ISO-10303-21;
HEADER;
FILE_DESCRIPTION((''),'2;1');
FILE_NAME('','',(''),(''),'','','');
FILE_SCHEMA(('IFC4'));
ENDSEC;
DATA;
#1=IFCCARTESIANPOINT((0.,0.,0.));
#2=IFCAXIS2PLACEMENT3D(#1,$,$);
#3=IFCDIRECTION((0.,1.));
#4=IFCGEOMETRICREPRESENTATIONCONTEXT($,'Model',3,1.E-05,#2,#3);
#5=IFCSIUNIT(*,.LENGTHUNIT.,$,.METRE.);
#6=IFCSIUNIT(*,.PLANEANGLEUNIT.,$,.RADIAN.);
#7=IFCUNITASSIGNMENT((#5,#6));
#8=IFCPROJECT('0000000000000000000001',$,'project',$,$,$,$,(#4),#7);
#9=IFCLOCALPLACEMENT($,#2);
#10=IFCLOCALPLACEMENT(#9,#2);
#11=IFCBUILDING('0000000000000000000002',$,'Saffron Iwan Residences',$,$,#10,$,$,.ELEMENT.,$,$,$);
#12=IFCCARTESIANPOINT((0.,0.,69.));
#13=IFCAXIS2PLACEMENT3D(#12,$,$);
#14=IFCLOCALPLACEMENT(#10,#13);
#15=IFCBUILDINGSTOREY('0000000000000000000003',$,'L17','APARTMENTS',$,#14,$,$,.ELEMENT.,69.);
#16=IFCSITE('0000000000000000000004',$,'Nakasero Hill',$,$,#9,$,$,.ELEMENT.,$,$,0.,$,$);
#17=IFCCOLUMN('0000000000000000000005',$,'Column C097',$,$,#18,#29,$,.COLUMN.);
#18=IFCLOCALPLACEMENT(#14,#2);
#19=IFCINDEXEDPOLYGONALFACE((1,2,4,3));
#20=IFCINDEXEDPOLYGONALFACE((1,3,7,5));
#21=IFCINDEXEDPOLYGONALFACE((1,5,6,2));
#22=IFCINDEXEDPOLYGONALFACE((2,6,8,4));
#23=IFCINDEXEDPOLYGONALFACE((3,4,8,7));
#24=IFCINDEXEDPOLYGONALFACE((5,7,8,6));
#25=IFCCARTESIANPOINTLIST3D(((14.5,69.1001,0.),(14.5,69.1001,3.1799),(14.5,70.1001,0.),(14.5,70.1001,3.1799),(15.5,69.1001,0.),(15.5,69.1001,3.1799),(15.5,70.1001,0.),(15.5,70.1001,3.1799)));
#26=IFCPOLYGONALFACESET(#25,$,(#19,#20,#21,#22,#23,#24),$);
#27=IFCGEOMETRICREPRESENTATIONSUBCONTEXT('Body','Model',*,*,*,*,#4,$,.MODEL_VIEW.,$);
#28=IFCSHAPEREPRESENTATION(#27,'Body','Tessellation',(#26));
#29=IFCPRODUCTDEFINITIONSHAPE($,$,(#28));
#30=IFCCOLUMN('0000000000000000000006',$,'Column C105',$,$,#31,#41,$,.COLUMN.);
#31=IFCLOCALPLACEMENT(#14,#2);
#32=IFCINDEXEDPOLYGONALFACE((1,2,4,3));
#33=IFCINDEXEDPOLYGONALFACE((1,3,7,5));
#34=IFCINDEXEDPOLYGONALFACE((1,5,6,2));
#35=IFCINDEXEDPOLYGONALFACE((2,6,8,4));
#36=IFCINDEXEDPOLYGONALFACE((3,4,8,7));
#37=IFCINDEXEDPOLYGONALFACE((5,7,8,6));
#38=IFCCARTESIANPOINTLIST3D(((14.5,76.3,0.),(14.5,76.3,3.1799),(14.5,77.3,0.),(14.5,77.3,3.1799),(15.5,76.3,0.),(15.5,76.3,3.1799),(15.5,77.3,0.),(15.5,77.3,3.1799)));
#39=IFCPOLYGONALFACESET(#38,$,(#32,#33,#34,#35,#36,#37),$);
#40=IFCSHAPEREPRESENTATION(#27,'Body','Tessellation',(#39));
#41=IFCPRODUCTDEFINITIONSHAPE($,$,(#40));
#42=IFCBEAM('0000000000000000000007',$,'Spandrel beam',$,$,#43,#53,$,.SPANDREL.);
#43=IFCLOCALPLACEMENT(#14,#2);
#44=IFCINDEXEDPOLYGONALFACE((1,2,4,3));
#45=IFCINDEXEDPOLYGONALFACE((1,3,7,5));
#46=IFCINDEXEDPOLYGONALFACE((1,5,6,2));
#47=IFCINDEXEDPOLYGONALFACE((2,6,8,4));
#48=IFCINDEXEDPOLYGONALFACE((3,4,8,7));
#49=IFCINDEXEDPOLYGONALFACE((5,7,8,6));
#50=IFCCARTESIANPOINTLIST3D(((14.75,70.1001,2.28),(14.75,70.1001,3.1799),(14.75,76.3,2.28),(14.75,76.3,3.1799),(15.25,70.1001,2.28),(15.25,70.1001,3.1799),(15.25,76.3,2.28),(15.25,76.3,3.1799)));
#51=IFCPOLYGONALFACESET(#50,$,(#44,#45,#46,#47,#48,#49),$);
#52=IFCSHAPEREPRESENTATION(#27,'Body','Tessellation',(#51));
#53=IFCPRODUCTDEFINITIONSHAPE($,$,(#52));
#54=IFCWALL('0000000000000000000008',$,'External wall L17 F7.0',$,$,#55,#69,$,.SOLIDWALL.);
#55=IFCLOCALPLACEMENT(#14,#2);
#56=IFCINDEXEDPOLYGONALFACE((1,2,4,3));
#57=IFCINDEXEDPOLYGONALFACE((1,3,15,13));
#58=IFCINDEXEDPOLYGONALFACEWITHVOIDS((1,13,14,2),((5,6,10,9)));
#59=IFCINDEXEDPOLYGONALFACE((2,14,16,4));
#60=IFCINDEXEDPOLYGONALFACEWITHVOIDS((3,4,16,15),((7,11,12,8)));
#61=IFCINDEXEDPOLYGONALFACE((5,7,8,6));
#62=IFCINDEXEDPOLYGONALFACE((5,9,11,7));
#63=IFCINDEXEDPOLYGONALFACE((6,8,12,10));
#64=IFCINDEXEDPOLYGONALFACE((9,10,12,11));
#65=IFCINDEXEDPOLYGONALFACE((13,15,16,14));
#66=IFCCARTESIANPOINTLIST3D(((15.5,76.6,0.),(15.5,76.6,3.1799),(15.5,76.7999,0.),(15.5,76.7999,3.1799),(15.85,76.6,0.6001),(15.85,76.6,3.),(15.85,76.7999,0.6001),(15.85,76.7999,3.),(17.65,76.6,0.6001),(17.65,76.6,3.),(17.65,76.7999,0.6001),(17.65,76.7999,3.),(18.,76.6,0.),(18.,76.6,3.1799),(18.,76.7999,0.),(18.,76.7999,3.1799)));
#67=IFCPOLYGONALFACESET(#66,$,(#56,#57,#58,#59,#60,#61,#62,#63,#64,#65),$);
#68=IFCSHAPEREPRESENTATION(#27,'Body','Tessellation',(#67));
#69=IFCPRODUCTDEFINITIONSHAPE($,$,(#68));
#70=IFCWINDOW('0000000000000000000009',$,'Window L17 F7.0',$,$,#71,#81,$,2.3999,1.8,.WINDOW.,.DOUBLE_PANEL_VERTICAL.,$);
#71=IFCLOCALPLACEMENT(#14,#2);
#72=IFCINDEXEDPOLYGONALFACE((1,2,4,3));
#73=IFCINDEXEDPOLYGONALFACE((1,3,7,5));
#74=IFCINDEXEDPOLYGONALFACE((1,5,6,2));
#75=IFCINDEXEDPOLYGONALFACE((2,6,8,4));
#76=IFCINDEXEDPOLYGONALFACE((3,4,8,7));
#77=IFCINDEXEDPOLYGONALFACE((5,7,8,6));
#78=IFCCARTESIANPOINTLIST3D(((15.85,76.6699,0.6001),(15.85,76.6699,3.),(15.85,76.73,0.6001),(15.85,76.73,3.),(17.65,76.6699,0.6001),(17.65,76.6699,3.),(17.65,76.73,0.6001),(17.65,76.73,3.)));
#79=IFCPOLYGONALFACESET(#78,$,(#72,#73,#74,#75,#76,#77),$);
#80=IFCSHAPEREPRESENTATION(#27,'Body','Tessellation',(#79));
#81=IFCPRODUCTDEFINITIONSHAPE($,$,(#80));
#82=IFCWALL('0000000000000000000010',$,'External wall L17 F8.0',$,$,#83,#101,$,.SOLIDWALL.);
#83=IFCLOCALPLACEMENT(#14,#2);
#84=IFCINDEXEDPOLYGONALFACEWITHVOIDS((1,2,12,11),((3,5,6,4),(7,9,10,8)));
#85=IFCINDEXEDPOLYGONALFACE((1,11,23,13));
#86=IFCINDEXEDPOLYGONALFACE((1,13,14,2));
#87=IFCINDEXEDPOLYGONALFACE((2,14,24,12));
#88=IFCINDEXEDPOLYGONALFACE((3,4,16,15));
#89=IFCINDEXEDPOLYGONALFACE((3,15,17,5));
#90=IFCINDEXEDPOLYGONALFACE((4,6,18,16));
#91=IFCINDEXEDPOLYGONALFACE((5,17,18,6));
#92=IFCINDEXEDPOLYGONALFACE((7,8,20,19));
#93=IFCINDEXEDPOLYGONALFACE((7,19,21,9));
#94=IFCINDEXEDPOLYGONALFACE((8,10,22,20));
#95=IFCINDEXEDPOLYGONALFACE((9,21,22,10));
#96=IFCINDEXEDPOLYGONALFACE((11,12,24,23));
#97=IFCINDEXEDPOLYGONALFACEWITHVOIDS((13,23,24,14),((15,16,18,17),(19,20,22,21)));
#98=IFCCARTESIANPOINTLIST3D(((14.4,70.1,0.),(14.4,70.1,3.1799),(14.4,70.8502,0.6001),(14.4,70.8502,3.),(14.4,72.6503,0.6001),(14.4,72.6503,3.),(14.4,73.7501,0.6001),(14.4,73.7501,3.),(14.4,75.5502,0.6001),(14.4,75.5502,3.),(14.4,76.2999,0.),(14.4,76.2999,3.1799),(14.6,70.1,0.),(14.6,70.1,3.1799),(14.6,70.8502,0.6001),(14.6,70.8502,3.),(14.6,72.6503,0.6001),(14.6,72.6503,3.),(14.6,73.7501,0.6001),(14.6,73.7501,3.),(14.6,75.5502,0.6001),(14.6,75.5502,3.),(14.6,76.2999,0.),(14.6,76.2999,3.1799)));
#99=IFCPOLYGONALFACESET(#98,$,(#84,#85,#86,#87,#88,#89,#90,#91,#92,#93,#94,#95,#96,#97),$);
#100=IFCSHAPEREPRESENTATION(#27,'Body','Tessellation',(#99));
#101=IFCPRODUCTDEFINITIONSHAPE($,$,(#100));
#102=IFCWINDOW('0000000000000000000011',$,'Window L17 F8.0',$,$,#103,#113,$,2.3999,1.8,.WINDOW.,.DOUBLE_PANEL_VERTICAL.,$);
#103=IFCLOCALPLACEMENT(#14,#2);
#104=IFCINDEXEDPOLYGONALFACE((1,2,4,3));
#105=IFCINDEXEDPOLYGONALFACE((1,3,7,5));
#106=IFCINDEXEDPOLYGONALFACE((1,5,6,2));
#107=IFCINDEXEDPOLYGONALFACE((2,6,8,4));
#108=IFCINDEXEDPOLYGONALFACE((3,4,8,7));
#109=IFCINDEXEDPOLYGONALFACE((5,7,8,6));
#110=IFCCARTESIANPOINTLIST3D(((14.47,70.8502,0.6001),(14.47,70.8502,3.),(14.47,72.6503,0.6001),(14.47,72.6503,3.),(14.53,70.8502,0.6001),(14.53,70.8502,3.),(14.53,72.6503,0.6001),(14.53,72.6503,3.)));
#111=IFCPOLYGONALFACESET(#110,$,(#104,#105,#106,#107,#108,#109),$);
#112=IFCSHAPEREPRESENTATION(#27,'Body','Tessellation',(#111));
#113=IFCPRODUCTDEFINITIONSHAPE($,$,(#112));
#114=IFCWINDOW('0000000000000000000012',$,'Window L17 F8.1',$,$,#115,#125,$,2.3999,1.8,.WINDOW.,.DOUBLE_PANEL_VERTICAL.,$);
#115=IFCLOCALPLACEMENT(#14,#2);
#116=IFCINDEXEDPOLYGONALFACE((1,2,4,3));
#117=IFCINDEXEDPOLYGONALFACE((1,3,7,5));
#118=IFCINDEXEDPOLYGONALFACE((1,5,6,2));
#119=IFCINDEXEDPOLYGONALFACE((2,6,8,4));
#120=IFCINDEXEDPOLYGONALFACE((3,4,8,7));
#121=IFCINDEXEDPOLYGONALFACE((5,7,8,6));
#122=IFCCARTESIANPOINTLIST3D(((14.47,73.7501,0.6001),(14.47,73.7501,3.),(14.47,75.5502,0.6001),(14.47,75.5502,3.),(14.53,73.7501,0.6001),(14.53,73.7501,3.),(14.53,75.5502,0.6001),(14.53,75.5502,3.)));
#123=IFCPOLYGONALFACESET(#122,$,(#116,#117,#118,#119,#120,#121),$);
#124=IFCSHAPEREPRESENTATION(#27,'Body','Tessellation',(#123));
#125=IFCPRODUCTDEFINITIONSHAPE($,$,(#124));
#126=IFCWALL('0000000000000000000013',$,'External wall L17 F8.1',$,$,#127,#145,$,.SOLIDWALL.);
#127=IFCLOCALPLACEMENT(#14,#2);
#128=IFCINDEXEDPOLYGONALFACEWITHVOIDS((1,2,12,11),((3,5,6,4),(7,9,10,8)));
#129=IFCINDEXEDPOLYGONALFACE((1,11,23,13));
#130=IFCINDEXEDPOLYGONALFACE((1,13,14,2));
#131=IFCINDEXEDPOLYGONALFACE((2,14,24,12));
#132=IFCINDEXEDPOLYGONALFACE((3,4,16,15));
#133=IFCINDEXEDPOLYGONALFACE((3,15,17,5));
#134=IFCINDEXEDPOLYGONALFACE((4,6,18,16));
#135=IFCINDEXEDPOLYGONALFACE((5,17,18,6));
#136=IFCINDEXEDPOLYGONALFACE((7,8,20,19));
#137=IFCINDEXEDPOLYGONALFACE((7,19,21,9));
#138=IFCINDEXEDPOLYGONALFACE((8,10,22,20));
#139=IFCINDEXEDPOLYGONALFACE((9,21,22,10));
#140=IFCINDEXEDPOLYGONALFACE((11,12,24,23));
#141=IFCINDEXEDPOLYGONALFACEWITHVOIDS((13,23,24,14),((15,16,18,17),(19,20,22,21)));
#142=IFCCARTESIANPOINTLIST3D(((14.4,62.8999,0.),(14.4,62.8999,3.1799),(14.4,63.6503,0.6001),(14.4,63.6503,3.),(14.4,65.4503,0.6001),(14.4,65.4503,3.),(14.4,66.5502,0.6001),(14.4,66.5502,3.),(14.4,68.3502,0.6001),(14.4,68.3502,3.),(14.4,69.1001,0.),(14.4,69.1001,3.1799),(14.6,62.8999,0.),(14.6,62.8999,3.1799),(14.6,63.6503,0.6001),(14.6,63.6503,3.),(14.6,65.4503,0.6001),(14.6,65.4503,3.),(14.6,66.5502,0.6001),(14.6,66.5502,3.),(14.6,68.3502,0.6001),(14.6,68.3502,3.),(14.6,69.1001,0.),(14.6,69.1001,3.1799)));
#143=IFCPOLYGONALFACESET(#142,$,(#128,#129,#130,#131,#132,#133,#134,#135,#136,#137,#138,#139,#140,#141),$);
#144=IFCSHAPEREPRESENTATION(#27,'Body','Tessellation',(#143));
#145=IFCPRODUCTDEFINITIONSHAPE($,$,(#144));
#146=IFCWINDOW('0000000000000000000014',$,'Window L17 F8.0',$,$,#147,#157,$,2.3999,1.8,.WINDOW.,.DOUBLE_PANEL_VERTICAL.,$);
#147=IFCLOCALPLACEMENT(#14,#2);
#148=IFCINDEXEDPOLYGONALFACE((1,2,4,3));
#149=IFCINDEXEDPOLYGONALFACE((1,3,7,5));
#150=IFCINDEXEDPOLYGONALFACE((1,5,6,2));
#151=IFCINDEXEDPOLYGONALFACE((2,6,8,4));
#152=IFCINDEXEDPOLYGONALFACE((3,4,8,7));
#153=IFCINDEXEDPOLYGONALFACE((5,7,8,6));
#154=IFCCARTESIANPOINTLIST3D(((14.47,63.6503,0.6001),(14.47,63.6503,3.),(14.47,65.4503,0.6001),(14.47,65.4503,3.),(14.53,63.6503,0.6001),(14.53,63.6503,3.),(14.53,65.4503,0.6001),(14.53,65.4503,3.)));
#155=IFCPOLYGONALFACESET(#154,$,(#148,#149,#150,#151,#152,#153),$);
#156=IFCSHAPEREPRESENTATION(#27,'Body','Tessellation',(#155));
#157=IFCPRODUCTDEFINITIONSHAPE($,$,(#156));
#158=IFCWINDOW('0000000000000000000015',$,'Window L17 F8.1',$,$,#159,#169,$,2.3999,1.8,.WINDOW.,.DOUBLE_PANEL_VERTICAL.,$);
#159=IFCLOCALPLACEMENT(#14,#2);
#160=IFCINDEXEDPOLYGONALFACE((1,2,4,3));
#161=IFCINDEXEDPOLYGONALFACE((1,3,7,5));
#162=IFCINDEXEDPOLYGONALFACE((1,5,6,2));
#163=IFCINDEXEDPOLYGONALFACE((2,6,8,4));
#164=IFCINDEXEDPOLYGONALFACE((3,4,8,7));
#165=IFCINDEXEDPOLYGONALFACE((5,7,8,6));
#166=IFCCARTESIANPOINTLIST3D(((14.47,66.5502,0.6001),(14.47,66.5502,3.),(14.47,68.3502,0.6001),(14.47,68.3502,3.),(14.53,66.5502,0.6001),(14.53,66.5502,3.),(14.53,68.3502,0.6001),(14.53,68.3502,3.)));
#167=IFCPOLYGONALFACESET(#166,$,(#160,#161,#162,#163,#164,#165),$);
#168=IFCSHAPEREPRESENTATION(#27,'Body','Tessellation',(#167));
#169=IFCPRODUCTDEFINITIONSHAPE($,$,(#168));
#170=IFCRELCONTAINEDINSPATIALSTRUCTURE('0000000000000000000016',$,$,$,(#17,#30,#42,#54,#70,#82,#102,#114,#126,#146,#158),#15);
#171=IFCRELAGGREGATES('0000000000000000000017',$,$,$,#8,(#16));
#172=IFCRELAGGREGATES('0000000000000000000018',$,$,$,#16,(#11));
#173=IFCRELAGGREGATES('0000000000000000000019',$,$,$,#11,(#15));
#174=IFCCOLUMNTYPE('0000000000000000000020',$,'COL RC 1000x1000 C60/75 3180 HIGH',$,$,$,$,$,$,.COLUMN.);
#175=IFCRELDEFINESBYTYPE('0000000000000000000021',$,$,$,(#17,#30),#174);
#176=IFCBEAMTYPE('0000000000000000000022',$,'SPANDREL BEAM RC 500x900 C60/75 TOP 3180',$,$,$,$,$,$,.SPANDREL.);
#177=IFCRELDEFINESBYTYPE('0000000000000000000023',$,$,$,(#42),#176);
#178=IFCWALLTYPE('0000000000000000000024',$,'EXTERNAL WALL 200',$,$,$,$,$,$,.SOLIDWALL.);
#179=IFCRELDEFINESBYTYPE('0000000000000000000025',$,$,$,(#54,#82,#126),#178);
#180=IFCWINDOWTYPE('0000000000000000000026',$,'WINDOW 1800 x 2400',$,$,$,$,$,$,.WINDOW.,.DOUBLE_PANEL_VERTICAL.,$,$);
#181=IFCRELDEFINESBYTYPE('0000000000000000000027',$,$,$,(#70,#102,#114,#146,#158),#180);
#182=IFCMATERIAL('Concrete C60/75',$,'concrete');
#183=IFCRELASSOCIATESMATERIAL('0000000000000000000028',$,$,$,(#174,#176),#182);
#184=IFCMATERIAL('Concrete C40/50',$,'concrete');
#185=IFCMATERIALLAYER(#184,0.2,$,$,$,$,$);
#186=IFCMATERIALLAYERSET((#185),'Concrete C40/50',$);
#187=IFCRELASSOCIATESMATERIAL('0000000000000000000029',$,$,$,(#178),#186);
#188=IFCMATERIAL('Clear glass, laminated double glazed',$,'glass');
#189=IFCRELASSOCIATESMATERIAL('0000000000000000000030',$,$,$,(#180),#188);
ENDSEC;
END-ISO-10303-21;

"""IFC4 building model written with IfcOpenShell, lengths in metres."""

from ifc_helpers import new_model, si_unit, direction, frame, frame_2d, origin, origin_2d, place, context, subcontext, project, spatial, rectangle, extrude, source, transform, mapped, material, layer, layer_set, material_profile, profile_set, type_object, element, fill, save


model = new_model("IFC4")

# Units and contexts
model_context = context("Model", 3, precision=1e-05, world=origin(), true_north=direction((0.0, 1.0)))
body_context = subcontext(model_context, "Body", "Model", "MODEL_VIEW")
ifc_project = project(units=[si_unit("LENGTHUNIT", "METRE"), si_unit("PLANEANGLEUNIT", "RADIAN")], contexts=[model_context])

# Site, building, storey
site_placement = place(None, origin())
site = spatial("IfcSite", under=ifc_project, at=site_placement, Name="Nakasero Hill", CompositionType="ELEMENT", RefElevation=0.0)
building_placement = place(site_placement, origin())
building = spatial("IfcBuilding", under=site, at=building_placement, Name="Saffron Iwan Residences", CompositionType="ELEMENT")
storey_placement = place(building_placement, frame((0.0, 0.0, 69.0)))
storey = spatial("IfcBuildingStorey", under=building, at=storey_placement, Name="L17", Description="APARTMENTS", CompositionType="ELEMENT", Elevation=69.0)

# Columns
ifc_material_1 = material(Name="Concrete C60/75", Category="concrete")
ifc_material_profile_1 = material_profile(ifc_material_1, rectangle(XDim=1.0, YDim=1.0, at=origin_2d()), Name="RC 1000x1000")
ifc_profile_set_1 = profile_set([ifc_material_profile_1], Name="Concrete C60/75")
column_type = type_object("IfcColumnType", Name="COL RC 1000x1000 C60/75 3180 HIGH", PredefinedType="COLUMN", material=ifc_profile_set_1)
shared_shape_1 = source(origin(), body_context, "Body", "SweptSolid", [
    extrude(rectangle(XDim=1.0, YDim=1.0, at=origin_2d()), origin(), (0.0, 0.0, 1.0), 3.1799),
])
for number, where, z_axis, x_axis, name in (
    (1, (15.0, 69.6001, 0.0), (0.0, 0.0, 1.0), (1.0, 0.0, 0.0), "Column C097"),
    (2, (15.0, 76.8, 0.0), (0.0, 0.0, 1.0), (1.0, 0.0, 0.0), "Column C105"),
):
    element("IfcColumn", number, at=place(storey_placement, frame(where, z_axis=z_axis, x_axis=x_axis)), inside=storey, type_object=column_type, Name=name, PredefinedType="COLUMN", context=body_context, shape_type="MappedRepresentation", body=[
        mapped(shared_shape_1, transform((0.0, 0.0, 0.0))),
    ])

# Beam
ifc_material_profile_2 = material_profile(ifc_material_1, rectangle(XDim=0.5, YDim=0.8999, at=origin_2d()), Name="RC 500x900")
ifc_profile_set_2 = profile_set([ifc_material_profile_2], Name="Concrete C60/75")
beam_type = type_object("IfcBeamType", Name="SPANDREL BEAM RC 500x900 C60/75 TOP 3180", PredefinedType="SPANDREL", material=ifc_profile_set_2)
shared_shape_2 = source(origin(), body_context, "Body", "SweptSolid", [
    extrude(rectangle(XDim=0.5, YDim=0.8999, at=origin_2d()), origin(), (0.0, 0.0, 1.0), 6.2),
])
beam_placement = place(storey_placement, frame((15.0, 70.1001, 2.73), z_axis=(0.0, 1.0, 0.0), x_axis=(-1.0, 0.0, 0.0)))
element("IfcBeam", 3, at=beam_placement, inside=storey, type_object=beam_type, Name="Spandrel beam", PredefinedType="SPANDREL", context=body_context, shape_type="MappedRepresentation", body=[
    mapped(shared_shape_2, transform((0.0, 0.0, 0.0))),
])

# Wall, opening, window
ifc_material_2 = material(Name="Concrete C40/50", Category="concrete")
ifc_layer_1 = layer(ifc_material_2, 0.2)
ifc_layer_set_1 = layer_set([ifc_layer_1], Name="Concrete C40/50")
wall_type_1 = type_object("IfcWallType", Name="EXTERNAL WALL 200", PredefinedType="SOLIDWALL", material=ifc_layer_set_1)
wall_1_placement = place(storey_placement, frame((18.0, 76.7, 0.0), z_axis=(0.0, 0.0, 1.0), x_axis=(-1.0, 0.0, 0.0)))
wall_1 = element("IfcWall", 4, at=wall_1_placement, inside=storey, type_object=wall_type_1, Name="External wall L17 F7.0", PredefinedType="SOLIDWALL", context=body_context, shape_type="SweptSolid", body=[
    extrude(rectangle(XDim=2.5, YDim=0.2, at=frame_2d((1.25, 0.0))), origin(), (0.0, 0.0, 1.0), 3.1799),
])
opening_1_placement = place(wall_1_placement, frame((0.3501, 0.0, 0.6001)))
opening_1 = element("IfcOpeningElement", 5, at=opening_1_placement, cuts=wall_1, PredefinedType="OPENING", context=body_context, shape_type="SweptSolid", body=[
    extrude(rectangle(XDim=1.8, YDim=2.3999, at=frame_2d((0.8999, 1.2))), frame((0.0, 0.1099, 0.0), z_axis=(0.0, -1.0, 0.0), x_axis=(1.0, 0.0, 0.0)), (0.0, 0.0, 1.0), 0.22),
])
ifc_material_3 = material(Name="Clear glass, laminated double glazed", Category="glass")
window_type = type_object("IfcWindowType", Name="WINDOW 1800 x 2400", PartitioningType="DOUBLE_PANEL_VERTICAL", PredefinedType="WINDOW", material=ifc_material_3)
window_1_placement = place(opening_1_placement, origin())
window_1 = element("IfcWindow", 6, at=window_1_placement, inside=storey, type_object=window_type, Name="Window L17 F7.0", OverallHeight=2.3999, OverallWidth=1.8, PartitioningType="DOUBLE_PANEL_VERTICAL", PredefinedType="WINDOW", context=body_context, shape_type="SweptSolid", body=[
    extrude(rectangle(XDim=1.8, YDim=2.3999, at=frame_2d((0.8999, 1.2))), frame((0.0, 0.03, 0.0), z_axis=(0.0, -1.0, 0.0), x_axis=(1.0, 0.0, 0.0)), (0.0, 0.0, 1.0), 0.0601),
])
fill(opening_1, window_1)

# Walls, openings, windows
wall_2_placement = place(storey_placement, frame((14.5, 76.3, 0.0), z_axis=(0.0, 0.0, 1.0), x_axis=(0.0, -1.0, 0.0)))
wall_2 = element("IfcWall", 7, at=wall_2_placement, inside=storey, type_object=wall_type_1, Name="External wall L17 F8.0", PredefinedType="SOLIDWALL", context=body_context, shape_type="SweptSolid", body=[
    extrude(rectangle(XDim=6.2, YDim=0.2, at=frame_2d((3.1001, 0.0))), origin(), (0.0, 0.0, 1.0), 3.1799),
])
opening_2_placement = place(wall_2_placement, frame((3.6499, 0.0, 0.6001)))
opening_2 = element("IfcOpeningElement", 8, at=opening_2_placement, cuts=wall_2, PredefinedType="OPENING", context=body_context, shape_type="SweptSolid", body=[
    extrude(rectangle(XDim=1.8, YDim=2.3999, at=frame_2d((0.8999, 1.2))), frame((0.0, 0.1099, 0.0), z_axis=(0.0, -1.0, 0.0), x_axis=(1.0, 0.0, 0.0)), (0.0, 0.0, 1.0), 0.22),
])
opening_3_placement = place(wall_2_placement, frame((0.75, 0.0, 0.6001)))
opening_3 = element("IfcOpeningElement", 9, at=opening_3_placement, cuts=wall_2, PredefinedType="OPENING", context=body_context, shape_type="SweptSolid", body=[
    extrude(rectangle(XDim=1.8, YDim=2.3999, at=frame_2d((0.8999, 1.2))), frame((0.0, 0.1099, 0.0), z_axis=(0.0, -1.0, 0.0), x_axis=(1.0, 0.0, 0.0)), (0.0, 0.0, 1.0), 0.22),
])
window_2_placement = place(opening_2_placement, origin())
window_2 = element("IfcWindow", 10, at=window_2_placement, inside=storey, type_object=window_type, Name="Window L17 F8.0", OverallHeight=2.3999, OverallWidth=1.8, PartitioningType="DOUBLE_PANEL_VERTICAL", PredefinedType="WINDOW", context=body_context, shape_type="SweptSolid", body=[
    extrude(rectangle(XDim=1.8, YDim=2.3999, at=frame_2d((0.8999, 1.2))), frame((0.0, 0.03, 0.0), z_axis=(0.0, -1.0, 0.0), x_axis=(1.0, 0.0, 0.0)), (0.0, 0.0, 1.0), 0.0601),
])
fill(opening_2, window_2)
window_3_placement = place(opening_3_placement, origin())
window_3 = element("IfcWindow", 11, at=window_3_placement, inside=storey, type_object=window_type, Name="Window L17 F8.1", OverallHeight=2.3999, OverallWidth=1.8, PartitioningType="DOUBLE_PANEL_VERTICAL", PredefinedType="WINDOW", context=body_context, shape_type="SweptSolid", body=[
    extrude(rectangle(XDim=1.8, YDim=2.3999, at=frame_2d((0.8999, 1.2))), frame((0.0, 0.03, 0.0), z_axis=(0.0, -1.0, 0.0), x_axis=(1.0, 0.0, 0.0)), (0.0, 0.0, 1.0), 0.0601),
])
fill(opening_3, window_3)
wall_3_placement = place(storey_placement, frame((14.5, 69.1001, 0.0), z_axis=(0.0, 0.0, 1.0), x_axis=(0.0, -1.0, 0.0)))
wall_3 = element("IfcWall", 12, at=wall_3_placement, inside=storey, type_object=wall_type_1, Name="External wall L17 F8.1", PredefinedType="SOLIDWALL", context=body_context, shape_type="SweptSolid", body=[
    extrude(rectangle(XDim=6.2002, YDim=0.2, at=frame_2d((3.1001, 0.0))), origin(), (0.0, 0.0, 1.0), 3.1799),
])
opening_4_placement = place(wall_3_placement, frame((3.6499, 0.0, 0.6001)))
opening_4 = element("IfcOpeningElement", 13, at=opening_4_placement, cuts=wall_3, PredefinedType="OPENING", context=body_context, shape_type="SweptSolid", body=[
    extrude(rectangle(XDim=1.8, YDim=2.3999, at=frame_2d((0.8999, 1.2))), frame((0.0, 0.1099, 0.0), z_axis=(0.0, -1.0, 0.0), x_axis=(1.0, 0.0, 0.0)), (0.0, 0.0, 1.0), 0.22),
])
opening_5_placement = place(wall_3_placement, frame((0.75, 0.0, 0.6001)))
opening_5 = element("IfcOpeningElement", 14, at=opening_5_placement, cuts=wall_3, PredefinedType="OPENING", context=body_context, shape_type="SweptSolid", body=[
    extrude(rectangle(XDim=1.8, YDim=2.3999, at=frame_2d((0.8999, 1.2))), frame((0.0, 0.1099, 0.0), z_axis=(0.0, -1.0, 0.0), x_axis=(1.0, 0.0, 0.0)), (0.0, 0.0, 1.0), 0.22),
])
window_4_placement = place(opening_4_placement, origin())
window_4 = element("IfcWindow", 15, at=window_4_placement, inside=storey, type_object=window_type, Name="Window L17 F8.0", OverallHeight=2.3999, OverallWidth=1.8, PartitioningType="DOUBLE_PANEL_VERTICAL", PredefinedType="WINDOW", context=body_context, shape_type="SweptSolid", body=[
    extrude(rectangle(XDim=1.8, YDim=2.3999, at=frame_2d((0.8999, 1.2))), frame((0.0, 0.03, 0.0), z_axis=(0.0, -1.0, 0.0), x_axis=(1.0, 0.0, 0.0)), (0.0, 0.0, 1.0), 0.0601),
])
fill(opening_4, window_4)
window_5_placement = place(opening_5_placement, origin())
window_5 = element("IfcWindow", 16, at=window_5_placement, inside=storey, type_object=window_type, Name="Window L17 F8.1", OverallHeight=2.3999, OverallWidth=1.8, PartitioningType="DOUBLE_PANEL_VERTICAL", PredefinedType="WINDOW", context=body_context, shape_type="SweptSolid", body=[
    extrude(rectangle(XDim=1.8, YDim=2.3999, at=frame_2d((0.8999, 1.2))), frame((0.0, 0.03, 0.0), z_axis=(0.0, -1.0, 0.0), x_axis=(1.0, 0.0, 0.0)), (0.0, 0.0, 1.0), 0.0601),
])
fill(opening_5, window_5)

save(model, "model.ifc")
